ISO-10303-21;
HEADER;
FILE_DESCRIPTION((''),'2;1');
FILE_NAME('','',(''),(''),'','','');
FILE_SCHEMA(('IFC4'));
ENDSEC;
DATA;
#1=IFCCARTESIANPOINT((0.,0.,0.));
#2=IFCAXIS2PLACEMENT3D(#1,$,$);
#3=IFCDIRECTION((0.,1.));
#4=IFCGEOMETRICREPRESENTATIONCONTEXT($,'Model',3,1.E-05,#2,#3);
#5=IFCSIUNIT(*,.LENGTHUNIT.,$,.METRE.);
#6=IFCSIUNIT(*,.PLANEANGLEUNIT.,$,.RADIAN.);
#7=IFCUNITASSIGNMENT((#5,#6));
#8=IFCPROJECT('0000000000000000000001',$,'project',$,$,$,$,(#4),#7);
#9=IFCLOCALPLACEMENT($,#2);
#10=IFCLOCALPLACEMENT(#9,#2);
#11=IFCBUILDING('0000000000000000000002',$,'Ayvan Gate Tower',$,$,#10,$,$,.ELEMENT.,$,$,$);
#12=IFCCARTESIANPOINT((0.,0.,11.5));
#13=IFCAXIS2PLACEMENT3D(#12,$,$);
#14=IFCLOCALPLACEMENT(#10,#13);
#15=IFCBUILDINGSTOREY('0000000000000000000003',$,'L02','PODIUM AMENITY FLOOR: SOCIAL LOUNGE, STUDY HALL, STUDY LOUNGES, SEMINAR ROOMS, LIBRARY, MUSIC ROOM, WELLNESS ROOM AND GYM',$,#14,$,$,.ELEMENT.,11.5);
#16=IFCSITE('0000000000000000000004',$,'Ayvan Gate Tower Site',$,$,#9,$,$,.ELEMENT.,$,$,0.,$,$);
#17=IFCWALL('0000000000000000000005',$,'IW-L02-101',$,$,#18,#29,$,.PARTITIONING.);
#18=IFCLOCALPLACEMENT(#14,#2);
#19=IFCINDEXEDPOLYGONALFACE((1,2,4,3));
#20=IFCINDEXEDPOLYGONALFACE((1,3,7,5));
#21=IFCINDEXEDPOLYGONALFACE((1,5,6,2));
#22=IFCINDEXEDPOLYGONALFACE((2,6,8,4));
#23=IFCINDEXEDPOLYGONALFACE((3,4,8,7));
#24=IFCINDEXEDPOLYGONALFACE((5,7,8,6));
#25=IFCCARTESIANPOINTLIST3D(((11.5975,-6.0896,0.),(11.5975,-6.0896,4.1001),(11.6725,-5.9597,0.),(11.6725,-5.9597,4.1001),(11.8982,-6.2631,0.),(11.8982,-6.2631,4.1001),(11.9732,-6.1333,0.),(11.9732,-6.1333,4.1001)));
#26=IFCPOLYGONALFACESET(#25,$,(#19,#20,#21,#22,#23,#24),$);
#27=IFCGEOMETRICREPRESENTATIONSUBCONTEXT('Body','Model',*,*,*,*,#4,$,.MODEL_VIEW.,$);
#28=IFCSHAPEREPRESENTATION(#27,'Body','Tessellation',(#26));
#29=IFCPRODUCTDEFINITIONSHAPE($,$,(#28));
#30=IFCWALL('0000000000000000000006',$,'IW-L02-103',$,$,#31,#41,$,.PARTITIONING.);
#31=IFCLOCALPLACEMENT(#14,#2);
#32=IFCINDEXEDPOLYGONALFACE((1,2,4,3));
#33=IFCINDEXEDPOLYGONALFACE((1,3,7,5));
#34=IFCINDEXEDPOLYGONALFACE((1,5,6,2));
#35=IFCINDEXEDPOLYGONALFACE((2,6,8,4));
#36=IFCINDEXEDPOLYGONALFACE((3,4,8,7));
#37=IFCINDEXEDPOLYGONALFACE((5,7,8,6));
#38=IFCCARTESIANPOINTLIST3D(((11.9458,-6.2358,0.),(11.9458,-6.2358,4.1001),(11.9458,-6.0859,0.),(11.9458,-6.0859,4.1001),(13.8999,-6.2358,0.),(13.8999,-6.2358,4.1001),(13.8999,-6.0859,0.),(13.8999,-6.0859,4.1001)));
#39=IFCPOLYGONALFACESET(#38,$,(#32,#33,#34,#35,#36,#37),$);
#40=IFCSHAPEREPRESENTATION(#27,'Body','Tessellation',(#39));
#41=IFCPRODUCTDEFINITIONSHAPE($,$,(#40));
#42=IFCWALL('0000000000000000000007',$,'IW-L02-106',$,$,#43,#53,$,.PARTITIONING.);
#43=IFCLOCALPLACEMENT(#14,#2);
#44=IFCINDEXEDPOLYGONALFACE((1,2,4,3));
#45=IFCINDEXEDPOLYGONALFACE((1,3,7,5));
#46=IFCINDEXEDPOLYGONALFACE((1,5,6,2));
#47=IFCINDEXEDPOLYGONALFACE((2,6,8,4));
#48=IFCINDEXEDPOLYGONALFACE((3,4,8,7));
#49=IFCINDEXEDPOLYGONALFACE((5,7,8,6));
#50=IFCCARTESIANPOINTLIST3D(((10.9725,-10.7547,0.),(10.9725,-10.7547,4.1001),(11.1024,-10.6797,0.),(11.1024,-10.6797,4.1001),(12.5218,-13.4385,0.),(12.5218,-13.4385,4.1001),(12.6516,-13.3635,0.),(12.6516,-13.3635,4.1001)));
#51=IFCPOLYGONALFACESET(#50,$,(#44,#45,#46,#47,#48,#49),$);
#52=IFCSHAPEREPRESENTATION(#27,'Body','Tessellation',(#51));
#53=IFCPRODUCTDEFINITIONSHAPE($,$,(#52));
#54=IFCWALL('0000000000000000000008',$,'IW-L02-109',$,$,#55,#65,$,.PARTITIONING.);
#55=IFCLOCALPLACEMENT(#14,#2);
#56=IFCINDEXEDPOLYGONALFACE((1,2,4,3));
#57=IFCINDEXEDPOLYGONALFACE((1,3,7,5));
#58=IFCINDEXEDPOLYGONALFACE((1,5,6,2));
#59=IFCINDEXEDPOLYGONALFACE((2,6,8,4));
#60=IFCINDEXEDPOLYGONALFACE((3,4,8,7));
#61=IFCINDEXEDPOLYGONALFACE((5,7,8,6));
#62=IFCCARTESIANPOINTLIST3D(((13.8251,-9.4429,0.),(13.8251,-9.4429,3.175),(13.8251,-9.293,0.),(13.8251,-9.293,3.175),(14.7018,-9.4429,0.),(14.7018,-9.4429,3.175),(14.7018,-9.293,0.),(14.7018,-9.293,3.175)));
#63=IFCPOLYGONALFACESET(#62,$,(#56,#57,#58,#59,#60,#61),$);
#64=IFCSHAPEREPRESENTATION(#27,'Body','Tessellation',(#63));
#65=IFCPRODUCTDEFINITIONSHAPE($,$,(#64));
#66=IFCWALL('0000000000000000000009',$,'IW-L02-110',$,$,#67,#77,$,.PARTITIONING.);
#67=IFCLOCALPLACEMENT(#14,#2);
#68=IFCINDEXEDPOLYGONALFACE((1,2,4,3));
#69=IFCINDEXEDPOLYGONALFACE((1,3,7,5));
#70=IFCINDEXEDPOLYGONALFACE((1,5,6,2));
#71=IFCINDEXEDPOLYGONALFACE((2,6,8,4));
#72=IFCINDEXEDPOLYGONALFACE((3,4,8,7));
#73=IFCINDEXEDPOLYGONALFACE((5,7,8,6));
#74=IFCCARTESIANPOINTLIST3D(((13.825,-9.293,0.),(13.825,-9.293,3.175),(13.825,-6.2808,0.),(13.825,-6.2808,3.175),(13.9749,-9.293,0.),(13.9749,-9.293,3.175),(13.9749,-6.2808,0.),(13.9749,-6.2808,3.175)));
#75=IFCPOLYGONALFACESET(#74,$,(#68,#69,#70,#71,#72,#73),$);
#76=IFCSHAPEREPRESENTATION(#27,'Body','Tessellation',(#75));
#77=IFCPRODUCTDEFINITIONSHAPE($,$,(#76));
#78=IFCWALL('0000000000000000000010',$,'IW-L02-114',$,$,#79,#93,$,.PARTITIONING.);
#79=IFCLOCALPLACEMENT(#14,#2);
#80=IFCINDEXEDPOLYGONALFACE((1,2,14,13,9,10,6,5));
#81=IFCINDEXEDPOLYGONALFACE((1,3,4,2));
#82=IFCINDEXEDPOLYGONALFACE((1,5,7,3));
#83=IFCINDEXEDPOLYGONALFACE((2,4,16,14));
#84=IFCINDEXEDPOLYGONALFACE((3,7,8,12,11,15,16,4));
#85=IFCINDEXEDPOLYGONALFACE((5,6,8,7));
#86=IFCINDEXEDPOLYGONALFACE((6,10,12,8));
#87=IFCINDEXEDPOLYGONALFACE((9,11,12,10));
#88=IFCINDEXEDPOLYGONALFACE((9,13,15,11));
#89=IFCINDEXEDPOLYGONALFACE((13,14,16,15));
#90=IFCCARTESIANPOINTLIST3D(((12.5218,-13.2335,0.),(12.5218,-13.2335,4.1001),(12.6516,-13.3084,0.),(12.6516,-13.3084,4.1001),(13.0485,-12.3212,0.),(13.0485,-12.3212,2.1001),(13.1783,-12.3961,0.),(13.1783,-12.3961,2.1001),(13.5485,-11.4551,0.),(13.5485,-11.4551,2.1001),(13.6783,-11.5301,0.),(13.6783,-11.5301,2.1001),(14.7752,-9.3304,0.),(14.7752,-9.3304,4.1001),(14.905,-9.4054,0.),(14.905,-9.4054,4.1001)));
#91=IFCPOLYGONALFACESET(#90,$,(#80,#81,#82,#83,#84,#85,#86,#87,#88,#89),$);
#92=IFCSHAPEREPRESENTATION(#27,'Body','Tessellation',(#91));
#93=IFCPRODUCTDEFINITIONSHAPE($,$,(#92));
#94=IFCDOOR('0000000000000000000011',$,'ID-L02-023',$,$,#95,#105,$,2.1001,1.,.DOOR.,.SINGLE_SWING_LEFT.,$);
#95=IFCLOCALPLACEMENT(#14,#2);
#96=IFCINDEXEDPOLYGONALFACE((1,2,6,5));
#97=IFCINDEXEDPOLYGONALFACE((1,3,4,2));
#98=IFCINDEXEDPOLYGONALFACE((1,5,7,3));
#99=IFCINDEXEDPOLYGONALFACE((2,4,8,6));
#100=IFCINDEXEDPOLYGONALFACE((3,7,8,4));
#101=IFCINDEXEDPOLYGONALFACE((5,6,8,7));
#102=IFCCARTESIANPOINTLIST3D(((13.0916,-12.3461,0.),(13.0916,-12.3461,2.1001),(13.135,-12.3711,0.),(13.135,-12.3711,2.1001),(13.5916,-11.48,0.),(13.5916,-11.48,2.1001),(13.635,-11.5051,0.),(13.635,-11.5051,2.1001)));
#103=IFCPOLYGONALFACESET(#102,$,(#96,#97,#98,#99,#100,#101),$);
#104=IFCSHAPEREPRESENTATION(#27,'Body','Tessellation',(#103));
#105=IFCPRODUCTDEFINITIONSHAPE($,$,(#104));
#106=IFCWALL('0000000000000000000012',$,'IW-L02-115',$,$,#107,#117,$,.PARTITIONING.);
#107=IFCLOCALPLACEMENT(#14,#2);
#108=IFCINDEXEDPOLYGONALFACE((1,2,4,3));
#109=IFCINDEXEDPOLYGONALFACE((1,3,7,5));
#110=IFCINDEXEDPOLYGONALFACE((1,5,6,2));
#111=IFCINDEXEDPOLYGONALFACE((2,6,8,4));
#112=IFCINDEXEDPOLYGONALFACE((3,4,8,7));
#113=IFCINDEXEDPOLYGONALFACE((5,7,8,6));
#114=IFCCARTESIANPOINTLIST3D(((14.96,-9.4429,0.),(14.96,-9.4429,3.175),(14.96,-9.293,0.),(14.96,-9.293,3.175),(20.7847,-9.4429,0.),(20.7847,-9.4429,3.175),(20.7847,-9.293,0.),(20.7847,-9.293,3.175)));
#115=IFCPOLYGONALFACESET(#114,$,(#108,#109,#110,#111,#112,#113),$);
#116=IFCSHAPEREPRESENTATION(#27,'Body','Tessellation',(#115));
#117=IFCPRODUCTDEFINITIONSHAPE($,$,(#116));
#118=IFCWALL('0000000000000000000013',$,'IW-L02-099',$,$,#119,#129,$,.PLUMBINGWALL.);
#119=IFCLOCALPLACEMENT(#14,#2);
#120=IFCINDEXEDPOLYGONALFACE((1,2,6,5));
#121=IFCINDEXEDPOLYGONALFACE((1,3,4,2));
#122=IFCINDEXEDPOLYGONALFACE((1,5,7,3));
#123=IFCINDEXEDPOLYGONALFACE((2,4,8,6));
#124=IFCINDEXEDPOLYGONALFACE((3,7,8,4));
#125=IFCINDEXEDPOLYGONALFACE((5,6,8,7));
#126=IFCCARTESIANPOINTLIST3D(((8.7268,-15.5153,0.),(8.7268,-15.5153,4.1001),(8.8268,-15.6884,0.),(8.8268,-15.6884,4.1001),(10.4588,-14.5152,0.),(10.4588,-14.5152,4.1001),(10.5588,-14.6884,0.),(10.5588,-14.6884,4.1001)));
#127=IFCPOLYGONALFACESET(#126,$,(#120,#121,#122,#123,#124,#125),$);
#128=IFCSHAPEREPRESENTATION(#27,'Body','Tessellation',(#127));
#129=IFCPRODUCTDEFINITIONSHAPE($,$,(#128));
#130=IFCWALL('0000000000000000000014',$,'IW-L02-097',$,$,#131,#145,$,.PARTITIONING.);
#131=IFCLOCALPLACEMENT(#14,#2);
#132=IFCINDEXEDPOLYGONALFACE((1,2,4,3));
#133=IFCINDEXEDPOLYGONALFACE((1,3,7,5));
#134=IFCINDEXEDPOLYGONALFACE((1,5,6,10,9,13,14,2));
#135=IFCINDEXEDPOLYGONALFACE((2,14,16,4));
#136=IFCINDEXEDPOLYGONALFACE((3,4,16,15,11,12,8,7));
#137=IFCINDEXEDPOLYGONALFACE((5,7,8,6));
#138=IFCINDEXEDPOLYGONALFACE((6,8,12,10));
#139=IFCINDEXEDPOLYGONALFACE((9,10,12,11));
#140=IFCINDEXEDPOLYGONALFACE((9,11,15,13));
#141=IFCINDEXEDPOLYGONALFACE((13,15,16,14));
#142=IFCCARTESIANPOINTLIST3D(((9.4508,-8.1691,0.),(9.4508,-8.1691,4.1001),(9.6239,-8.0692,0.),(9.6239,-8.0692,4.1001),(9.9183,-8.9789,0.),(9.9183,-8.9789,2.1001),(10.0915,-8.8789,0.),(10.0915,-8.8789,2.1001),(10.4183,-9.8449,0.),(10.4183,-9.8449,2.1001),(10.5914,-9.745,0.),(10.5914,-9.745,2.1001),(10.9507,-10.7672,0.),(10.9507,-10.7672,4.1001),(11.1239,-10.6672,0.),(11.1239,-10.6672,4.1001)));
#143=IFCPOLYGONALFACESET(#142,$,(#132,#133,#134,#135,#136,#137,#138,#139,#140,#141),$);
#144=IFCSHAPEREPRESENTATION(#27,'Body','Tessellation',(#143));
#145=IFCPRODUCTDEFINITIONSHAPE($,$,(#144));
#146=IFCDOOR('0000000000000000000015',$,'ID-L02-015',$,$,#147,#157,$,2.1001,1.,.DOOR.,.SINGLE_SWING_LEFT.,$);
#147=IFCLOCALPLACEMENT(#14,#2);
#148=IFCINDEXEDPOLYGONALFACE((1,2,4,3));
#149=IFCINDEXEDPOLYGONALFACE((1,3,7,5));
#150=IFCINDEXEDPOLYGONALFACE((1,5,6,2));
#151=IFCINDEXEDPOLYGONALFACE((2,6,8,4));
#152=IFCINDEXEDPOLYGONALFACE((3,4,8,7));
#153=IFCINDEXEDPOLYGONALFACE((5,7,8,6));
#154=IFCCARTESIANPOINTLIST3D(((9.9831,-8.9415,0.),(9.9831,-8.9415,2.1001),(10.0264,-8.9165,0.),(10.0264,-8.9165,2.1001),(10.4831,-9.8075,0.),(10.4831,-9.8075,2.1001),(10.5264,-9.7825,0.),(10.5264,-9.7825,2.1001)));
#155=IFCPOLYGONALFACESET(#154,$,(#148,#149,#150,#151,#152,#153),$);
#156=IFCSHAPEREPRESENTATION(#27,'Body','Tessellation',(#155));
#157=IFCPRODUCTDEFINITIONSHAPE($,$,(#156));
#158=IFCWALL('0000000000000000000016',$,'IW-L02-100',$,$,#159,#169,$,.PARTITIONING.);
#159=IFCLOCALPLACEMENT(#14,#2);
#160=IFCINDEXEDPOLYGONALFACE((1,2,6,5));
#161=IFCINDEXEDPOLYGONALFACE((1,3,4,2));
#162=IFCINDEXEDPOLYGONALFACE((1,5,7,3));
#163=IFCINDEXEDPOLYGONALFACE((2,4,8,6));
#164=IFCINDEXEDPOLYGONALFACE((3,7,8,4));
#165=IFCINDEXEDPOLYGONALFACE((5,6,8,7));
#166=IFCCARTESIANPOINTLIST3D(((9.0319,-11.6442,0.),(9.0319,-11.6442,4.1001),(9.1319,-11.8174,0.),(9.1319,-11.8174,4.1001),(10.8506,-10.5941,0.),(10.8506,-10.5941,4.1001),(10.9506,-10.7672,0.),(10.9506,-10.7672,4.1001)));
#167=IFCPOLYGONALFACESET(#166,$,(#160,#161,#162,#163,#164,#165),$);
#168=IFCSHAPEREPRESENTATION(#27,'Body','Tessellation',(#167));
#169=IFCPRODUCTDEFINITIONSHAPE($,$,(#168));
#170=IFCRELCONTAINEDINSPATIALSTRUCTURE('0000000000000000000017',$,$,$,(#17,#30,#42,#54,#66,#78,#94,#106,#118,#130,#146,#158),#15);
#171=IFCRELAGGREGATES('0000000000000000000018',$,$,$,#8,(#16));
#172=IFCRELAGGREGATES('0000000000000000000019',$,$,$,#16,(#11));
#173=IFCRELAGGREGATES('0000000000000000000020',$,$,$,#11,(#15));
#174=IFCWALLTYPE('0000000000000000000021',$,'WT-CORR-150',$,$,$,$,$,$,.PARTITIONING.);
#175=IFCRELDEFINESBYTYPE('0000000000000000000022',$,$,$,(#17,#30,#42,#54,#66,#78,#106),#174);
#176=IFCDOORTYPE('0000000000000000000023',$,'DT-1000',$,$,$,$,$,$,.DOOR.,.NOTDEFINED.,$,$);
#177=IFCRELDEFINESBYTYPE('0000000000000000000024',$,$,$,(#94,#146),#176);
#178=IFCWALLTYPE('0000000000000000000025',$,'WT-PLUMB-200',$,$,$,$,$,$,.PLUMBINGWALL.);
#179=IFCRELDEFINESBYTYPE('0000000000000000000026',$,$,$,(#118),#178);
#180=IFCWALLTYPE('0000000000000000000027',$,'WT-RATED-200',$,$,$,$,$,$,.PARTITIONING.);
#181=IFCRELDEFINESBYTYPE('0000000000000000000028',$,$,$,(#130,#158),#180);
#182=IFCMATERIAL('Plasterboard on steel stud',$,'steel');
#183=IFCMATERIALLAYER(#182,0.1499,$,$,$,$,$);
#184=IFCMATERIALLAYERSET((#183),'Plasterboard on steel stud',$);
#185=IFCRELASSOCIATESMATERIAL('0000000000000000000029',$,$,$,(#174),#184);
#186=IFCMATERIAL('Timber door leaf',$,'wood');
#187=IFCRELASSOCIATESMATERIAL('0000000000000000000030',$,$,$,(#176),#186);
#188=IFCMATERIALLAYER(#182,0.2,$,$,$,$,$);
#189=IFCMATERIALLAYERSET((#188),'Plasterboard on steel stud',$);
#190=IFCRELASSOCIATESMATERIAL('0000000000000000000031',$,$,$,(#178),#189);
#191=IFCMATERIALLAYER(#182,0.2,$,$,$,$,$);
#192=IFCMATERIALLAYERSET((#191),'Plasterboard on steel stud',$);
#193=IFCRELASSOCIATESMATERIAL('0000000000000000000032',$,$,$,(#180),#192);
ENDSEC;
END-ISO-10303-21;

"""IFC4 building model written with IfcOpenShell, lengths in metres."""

from ifc_helpers import new_model, si_unit, direction, frame, frame_2d, origin, place, context, subcontext, project, spatial, rectangle, extrude, material, layer, layer_set, type_object, element, fill, save


model = new_model("IFC4")

# Units and contexts
model_context = context("Model", 3, precision=1e-05, world=origin(), true_north=direction((0.0, 1.0)))
body_context = subcontext(model_context, "Body", "Model", "MODEL_VIEW")
ifc_project = project(units=[si_unit("LENGTHUNIT", "METRE"), si_unit("PLANEANGLEUNIT", "RADIAN")], contexts=[model_context])

# Site, building, storey
site_placement = place(None, origin())
site = spatial("IfcSite", under=ifc_project, at=site_placement, Name="Ayvan Gate Tower Site", CompositionType="ELEMENT", RefElevation=0.0)
building_placement = place(site_placement, origin())
building = spatial("IfcBuilding", under=site, at=building_placement, Name="Ayvan Gate Tower", CompositionType="ELEMENT")
storey_placement = place(building_placement, frame((0.0, 0.0, 11.5)))
storey = spatial("IfcBuildingStorey", under=building, at=storey_placement, Name="L02", Description="PODIUM AMENITY FLOOR: SOCIAL LOUNGE, STUDY HALL, STUDY LOUNGES, SEMINAR ROOMS, LIBRARY, MUSIC ROOM, WELLNESS ROOM AND GYM", CompositionType="ELEMENT", Elevation=11.5)

# Shared definitions
ifc_material_1 = material(Name="Timber door leaf", Category="wood")

# Walls
ifc_material_2 = material(Name="Plasterboard on steel stud", Category="steel")
ifc_layer_1 = layer(ifc_material_2, 0.1499)
ifc_layer_set_1 = layer_set([ifc_layer_1], Name="Plasterboard on steel stud")
wall_type_1 = type_object("IfcWallType", Name="WT-CORR-150", PredefinedType="PARTITIONING", material=ifc_layer_set_1)
wall_1_placement = place(storey_placement, frame((11.635, -6.0247, 0.0), z_axis=(0.0, 0.0, 1.0), x_axis=(0.866115, -0.499844, 0.0)))
element("IfcWall", 1, at=wall_1_placement, inside=storey, type_object=wall_type_1, Name="IW-L02-101", PredefinedType="PARTITIONING", context=body_context, shape_type="SweptSolid", body=[
    extrude(rectangle(XDim=0.3472, YDim=0.1499, at=frame_2d((0.1736, 0.0))), origin(), (0.0, 0.0, 1.0), 4.1001),
])
wall_2_placement = place(storey_placement, frame((11.9458, -6.1609, 0.0), z_axis=(0.0, 0.0, 1.0), x_axis=(1.0, 0.0, 0.0)))
element("IfcWall", 2, at=wall_2_placement, inside=storey, type_object=wall_type_1, Name="IW-L02-103", PredefinedType="PARTITIONING", context=body_context, shape_type="SweptSolid", body=[
    extrude(rectangle(XDim=1.9541, YDim=0.1499, at=frame_2d((0.9771, 0.0))), origin(), (0.0, 0.0, 1.0), 4.1001),
])
wall_3_placement = place(storey_placement, frame((12.5867, -13.4009, 0.0), z_axis=(0.0, 0.0, 1.0), x_axis=(-0.499952, 0.866053, 0.0)))
element("IfcWall", 3, at=wall_3_placement, inside=storey, type_object=wall_type_1, Name="IW-L02-106", PredefinedType="PARTITIONING", context=body_context, shape_type="SweptSolid", body=[
    extrude(rectangle(XDim=3.0989, YDim=0.1499, at=frame_2d((1.5493, 0.0))), origin(), (0.0, 0.0, 1.0), 4.1001),
])
wall_4_placement = place(storey_placement, frame((13.825, -9.3679, 0.0), z_axis=(0.0, 0.0, 1.0), x_axis=(1.0, 0.0, 0.0)))
element("IfcWall", 4, at=wall_4_placement, inside=storey, type_object=wall_type_1, Name="IW-L02-109", PredefinedType="PARTITIONING", context=body_context, shape_type="SweptSolid", body=[
    extrude(rectangle(XDim=0.8767, YDim=0.1499, at=frame_2d((0.4385, 0.0))), origin(), (0.0, 0.0, 1.0), 3.175),
])
wall_5_placement = place(storey_placement, frame((13.8999, -6.2808, 0.0), z_axis=(0.0, 0.0, 1.0), x_axis=(0.0, -1.0, 0.0)))
element("IfcWall", 5, at=wall_5_placement, inside=storey, type_object=wall_type_1, Name="IW-L02-110", PredefinedType="PARTITIONING", context=body_context, shape_type="SweptSolid", body=[
    extrude(rectangle(XDim=3.0122, YDim=0.1499, at=frame_2d((1.5061, 0.0))), origin(), (0.0, 0.0, 1.0), 3.175),
])

# Wall, opening, door
wall_6_placement = place(storey_placement, frame((14.8401, -9.3679, 0.0), z_axis=(0.0, 0.0, 1.0), x_axis=(-0.499996, -0.866028, 0.0)))
wall_6 = element("IfcWall", 6, at=wall_6_placement, inside=storey, type_object=wall_type_1, Name="IW-L02-114", PredefinedType="PARTITIONING", context=body_context, shape_type="SweptSolid", body=[
    extrude(rectangle(XDim=4.5068, YDim=0.1499, at=frame_2d((2.2534, 0.0))), origin(), (0.0, 0.0, 1.0), 4.1001),
])
opening_1_placement = place(wall_6_placement, frame((2.4534, 0.0, 0.0)))
opening_1 = element("IfcOpeningElement", 7, at=opening_1_placement, cuts=wall_6, PredefinedType="OPENING", context=body_context, shape_type="SweptSolid", body=[
    extrude(rectangle(XDim=1.0, YDim=2.1001, at=frame_2d((0.5, 1.05))), frame((0.0, 0.085, 0.0), z_axis=(0.0, -1.0, 0.0), x_axis=(1.0, 0.0, 0.0)), (0.0, 0.0, 1.0), 0.1699),
])
door_type_1 = type_object("IfcDoorType", Name="DT-1000", OperationType="NOTDEFINED", PredefinedType="DOOR", material=ifc_material_1)
door_1_placement = place(opening_1_placement, origin())
door_1 = element("IfcDoor", 8, at=door_1_placement, inside=storey, type_object=door_type_1, Name="ID-L02-023", OperationType="SINGLE_SWING_LEFT", OverallHeight=2.1001, OverallWidth=1.0, PredefinedType="DOOR", context=body_context, shape_type="SweptSolid", body=[
    extrude(rectangle(XDim=1.0, YDim=2.1001, at=frame_2d((0.5, 1.05))), frame((0.0, 0.0249, 0.0), z_axis=(0.0, -1.0, 0.0), x_axis=(1.0, 0.0, 0.0)), (0.0, 0.0, 1.0), 0.05),
])
fill(opening_1, door_1)

# Walls
wall_7_placement = place(storey_placement, frame((14.96, -9.3679, 0.0), z_axis=(0.0, 0.0, 1.0), x_axis=(1.0, 0.0, 0.0)))
element("IfcWall", 9, at=wall_7_placement, inside=storey, type_object=wall_type_1, Name="IW-L02-115", PredefinedType="PARTITIONING", context=body_context, shape_type="SweptSolid", body=[
    extrude(rectangle(XDim=5.8247, YDim=0.1499, at=frame_2d((2.9124, 0.0))), origin(), (0.0, 0.0, 1.0), 3.175),
])
ifc_layer_2 = layer(ifc_material_2, 0.2)
ifc_layer_set_2 = layer_set([ifc_layer_2], Name="Plasterboard on steel stud")
wall_type_2 = type_object("IfcWallType", Name="WT-PLUMB-200", PredefinedType="PLUMBINGWALL", material=ifc_layer_set_2)
wall_8_placement = place(storey_placement, frame((10.5088, -14.6018, 0.0), z_axis=(0.0, 0.0, 1.0), x_axis=(-0.866011, -0.500025, 0.0)))
element("IfcWall", 10, at=wall_8_placement, inside=storey, type_object=wall_type_2, Name="IW-L02-099", PredefinedType="PLUMBINGWALL", context=body_context, shape_type="SweptSolid", body=[
    extrude(rectangle(XDim=2.0, YDim=0.2, at=frame_2d((1.0, 0.0))), origin(), (0.0, 0.0, 1.0), 4.1001),
])

# Wall, opening, door
ifc_layer_3 = layer(ifc_material_2, 0.2)
ifc_layer_set_3 = layer_set([ifc_layer_3], Name="Plasterboard on steel stud")
wall_type_3 = type_object("IfcWallType", Name="WT-RATED-200", PredefinedType="PARTITIONING", material=ifc_layer_set_3)
wall_9_placement = place(storey_placement, frame((9.5374, -8.1191, 0.0), z_axis=(0.0, 0.0, 1.0), x_axis=(0.49999, -0.866031, 0.0)))
wall_9 = element("IfcWall", 11, at=wall_9_placement, inside=storey, type_object=wall_type_3, Name="IW-L02-097", PredefinedType="PARTITIONING", context=body_context, shape_type="SweptSolid", body=[
    extrude(rectangle(XDim=3.0, YDim=0.2, at=frame_2d((1.5, 0.0))), origin(), (0.0, 0.0, 1.0), 4.1001),
])
opening_2_placement = place(wall_9_placement, frame((0.9351, 0.0, 0.0)))
opening_2 = element("IfcOpeningElement", 12, at=opening_2_placement, cuts=wall_9, PredefinedType="OPENING", context=body_context, shape_type="SweptSolid", body=[
    extrude(rectangle(XDim=1.0, YDim=2.1001, at=frame_2d((0.5, 1.05))), frame((0.0, 0.1099, 0.0), z_axis=(0.0, -1.0, 0.0), x_axis=(1.0, 0.0, 0.0)), (0.0, 0.0, 1.0), 0.22),
])
door_2_placement = place(opening_2_placement, origin())
door_2 = element("IfcDoor", 13, at=door_2_placement, inside=storey, type_object=door_type_1, Name="ID-L02-015", OperationType="SINGLE_SWING_LEFT", OverallHeight=2.1001, OverallWidth=1.0, PredefinedType="DOOR", context=body_context, shape_type="SweptSolid", body=[
    extrude(rectangle(XDim=1.0, YDim=2.1001, at=frame_2d((0.5, 1.05))), frame((0.0, 0.0249, 0.0), z_axis=(0.0, -1.0, 0.0), x_axis=(1.0, 0.0, 0.0)), (0.0, 0.0, 1.0), 0.05),
])
fill(opening_2, door_2)

# Wall
wall_10_placement = place(storey_placement, frame((10.9006, -10.6807, 0.0), z_axis=(0.0, 0.0, 1.0), x_axis=(-0.866009, -0.500028, 0.0)))
element("IfcWall", 14, at=wall_10_placement, inside=storey, type_object=wall_type_3, Name="IW-L02-100", PredefinedType="PARTITIONING", context=body_context, shape_type="SweptSolid", body=[
    extrude(rectangle(XDim=2.1001, YDim=0.2, at=frame_2d((1.05, 0.0))), origin(), (0.0, 0.0, 1.0), 4.1001),
])

save(model, "model.ifc")
